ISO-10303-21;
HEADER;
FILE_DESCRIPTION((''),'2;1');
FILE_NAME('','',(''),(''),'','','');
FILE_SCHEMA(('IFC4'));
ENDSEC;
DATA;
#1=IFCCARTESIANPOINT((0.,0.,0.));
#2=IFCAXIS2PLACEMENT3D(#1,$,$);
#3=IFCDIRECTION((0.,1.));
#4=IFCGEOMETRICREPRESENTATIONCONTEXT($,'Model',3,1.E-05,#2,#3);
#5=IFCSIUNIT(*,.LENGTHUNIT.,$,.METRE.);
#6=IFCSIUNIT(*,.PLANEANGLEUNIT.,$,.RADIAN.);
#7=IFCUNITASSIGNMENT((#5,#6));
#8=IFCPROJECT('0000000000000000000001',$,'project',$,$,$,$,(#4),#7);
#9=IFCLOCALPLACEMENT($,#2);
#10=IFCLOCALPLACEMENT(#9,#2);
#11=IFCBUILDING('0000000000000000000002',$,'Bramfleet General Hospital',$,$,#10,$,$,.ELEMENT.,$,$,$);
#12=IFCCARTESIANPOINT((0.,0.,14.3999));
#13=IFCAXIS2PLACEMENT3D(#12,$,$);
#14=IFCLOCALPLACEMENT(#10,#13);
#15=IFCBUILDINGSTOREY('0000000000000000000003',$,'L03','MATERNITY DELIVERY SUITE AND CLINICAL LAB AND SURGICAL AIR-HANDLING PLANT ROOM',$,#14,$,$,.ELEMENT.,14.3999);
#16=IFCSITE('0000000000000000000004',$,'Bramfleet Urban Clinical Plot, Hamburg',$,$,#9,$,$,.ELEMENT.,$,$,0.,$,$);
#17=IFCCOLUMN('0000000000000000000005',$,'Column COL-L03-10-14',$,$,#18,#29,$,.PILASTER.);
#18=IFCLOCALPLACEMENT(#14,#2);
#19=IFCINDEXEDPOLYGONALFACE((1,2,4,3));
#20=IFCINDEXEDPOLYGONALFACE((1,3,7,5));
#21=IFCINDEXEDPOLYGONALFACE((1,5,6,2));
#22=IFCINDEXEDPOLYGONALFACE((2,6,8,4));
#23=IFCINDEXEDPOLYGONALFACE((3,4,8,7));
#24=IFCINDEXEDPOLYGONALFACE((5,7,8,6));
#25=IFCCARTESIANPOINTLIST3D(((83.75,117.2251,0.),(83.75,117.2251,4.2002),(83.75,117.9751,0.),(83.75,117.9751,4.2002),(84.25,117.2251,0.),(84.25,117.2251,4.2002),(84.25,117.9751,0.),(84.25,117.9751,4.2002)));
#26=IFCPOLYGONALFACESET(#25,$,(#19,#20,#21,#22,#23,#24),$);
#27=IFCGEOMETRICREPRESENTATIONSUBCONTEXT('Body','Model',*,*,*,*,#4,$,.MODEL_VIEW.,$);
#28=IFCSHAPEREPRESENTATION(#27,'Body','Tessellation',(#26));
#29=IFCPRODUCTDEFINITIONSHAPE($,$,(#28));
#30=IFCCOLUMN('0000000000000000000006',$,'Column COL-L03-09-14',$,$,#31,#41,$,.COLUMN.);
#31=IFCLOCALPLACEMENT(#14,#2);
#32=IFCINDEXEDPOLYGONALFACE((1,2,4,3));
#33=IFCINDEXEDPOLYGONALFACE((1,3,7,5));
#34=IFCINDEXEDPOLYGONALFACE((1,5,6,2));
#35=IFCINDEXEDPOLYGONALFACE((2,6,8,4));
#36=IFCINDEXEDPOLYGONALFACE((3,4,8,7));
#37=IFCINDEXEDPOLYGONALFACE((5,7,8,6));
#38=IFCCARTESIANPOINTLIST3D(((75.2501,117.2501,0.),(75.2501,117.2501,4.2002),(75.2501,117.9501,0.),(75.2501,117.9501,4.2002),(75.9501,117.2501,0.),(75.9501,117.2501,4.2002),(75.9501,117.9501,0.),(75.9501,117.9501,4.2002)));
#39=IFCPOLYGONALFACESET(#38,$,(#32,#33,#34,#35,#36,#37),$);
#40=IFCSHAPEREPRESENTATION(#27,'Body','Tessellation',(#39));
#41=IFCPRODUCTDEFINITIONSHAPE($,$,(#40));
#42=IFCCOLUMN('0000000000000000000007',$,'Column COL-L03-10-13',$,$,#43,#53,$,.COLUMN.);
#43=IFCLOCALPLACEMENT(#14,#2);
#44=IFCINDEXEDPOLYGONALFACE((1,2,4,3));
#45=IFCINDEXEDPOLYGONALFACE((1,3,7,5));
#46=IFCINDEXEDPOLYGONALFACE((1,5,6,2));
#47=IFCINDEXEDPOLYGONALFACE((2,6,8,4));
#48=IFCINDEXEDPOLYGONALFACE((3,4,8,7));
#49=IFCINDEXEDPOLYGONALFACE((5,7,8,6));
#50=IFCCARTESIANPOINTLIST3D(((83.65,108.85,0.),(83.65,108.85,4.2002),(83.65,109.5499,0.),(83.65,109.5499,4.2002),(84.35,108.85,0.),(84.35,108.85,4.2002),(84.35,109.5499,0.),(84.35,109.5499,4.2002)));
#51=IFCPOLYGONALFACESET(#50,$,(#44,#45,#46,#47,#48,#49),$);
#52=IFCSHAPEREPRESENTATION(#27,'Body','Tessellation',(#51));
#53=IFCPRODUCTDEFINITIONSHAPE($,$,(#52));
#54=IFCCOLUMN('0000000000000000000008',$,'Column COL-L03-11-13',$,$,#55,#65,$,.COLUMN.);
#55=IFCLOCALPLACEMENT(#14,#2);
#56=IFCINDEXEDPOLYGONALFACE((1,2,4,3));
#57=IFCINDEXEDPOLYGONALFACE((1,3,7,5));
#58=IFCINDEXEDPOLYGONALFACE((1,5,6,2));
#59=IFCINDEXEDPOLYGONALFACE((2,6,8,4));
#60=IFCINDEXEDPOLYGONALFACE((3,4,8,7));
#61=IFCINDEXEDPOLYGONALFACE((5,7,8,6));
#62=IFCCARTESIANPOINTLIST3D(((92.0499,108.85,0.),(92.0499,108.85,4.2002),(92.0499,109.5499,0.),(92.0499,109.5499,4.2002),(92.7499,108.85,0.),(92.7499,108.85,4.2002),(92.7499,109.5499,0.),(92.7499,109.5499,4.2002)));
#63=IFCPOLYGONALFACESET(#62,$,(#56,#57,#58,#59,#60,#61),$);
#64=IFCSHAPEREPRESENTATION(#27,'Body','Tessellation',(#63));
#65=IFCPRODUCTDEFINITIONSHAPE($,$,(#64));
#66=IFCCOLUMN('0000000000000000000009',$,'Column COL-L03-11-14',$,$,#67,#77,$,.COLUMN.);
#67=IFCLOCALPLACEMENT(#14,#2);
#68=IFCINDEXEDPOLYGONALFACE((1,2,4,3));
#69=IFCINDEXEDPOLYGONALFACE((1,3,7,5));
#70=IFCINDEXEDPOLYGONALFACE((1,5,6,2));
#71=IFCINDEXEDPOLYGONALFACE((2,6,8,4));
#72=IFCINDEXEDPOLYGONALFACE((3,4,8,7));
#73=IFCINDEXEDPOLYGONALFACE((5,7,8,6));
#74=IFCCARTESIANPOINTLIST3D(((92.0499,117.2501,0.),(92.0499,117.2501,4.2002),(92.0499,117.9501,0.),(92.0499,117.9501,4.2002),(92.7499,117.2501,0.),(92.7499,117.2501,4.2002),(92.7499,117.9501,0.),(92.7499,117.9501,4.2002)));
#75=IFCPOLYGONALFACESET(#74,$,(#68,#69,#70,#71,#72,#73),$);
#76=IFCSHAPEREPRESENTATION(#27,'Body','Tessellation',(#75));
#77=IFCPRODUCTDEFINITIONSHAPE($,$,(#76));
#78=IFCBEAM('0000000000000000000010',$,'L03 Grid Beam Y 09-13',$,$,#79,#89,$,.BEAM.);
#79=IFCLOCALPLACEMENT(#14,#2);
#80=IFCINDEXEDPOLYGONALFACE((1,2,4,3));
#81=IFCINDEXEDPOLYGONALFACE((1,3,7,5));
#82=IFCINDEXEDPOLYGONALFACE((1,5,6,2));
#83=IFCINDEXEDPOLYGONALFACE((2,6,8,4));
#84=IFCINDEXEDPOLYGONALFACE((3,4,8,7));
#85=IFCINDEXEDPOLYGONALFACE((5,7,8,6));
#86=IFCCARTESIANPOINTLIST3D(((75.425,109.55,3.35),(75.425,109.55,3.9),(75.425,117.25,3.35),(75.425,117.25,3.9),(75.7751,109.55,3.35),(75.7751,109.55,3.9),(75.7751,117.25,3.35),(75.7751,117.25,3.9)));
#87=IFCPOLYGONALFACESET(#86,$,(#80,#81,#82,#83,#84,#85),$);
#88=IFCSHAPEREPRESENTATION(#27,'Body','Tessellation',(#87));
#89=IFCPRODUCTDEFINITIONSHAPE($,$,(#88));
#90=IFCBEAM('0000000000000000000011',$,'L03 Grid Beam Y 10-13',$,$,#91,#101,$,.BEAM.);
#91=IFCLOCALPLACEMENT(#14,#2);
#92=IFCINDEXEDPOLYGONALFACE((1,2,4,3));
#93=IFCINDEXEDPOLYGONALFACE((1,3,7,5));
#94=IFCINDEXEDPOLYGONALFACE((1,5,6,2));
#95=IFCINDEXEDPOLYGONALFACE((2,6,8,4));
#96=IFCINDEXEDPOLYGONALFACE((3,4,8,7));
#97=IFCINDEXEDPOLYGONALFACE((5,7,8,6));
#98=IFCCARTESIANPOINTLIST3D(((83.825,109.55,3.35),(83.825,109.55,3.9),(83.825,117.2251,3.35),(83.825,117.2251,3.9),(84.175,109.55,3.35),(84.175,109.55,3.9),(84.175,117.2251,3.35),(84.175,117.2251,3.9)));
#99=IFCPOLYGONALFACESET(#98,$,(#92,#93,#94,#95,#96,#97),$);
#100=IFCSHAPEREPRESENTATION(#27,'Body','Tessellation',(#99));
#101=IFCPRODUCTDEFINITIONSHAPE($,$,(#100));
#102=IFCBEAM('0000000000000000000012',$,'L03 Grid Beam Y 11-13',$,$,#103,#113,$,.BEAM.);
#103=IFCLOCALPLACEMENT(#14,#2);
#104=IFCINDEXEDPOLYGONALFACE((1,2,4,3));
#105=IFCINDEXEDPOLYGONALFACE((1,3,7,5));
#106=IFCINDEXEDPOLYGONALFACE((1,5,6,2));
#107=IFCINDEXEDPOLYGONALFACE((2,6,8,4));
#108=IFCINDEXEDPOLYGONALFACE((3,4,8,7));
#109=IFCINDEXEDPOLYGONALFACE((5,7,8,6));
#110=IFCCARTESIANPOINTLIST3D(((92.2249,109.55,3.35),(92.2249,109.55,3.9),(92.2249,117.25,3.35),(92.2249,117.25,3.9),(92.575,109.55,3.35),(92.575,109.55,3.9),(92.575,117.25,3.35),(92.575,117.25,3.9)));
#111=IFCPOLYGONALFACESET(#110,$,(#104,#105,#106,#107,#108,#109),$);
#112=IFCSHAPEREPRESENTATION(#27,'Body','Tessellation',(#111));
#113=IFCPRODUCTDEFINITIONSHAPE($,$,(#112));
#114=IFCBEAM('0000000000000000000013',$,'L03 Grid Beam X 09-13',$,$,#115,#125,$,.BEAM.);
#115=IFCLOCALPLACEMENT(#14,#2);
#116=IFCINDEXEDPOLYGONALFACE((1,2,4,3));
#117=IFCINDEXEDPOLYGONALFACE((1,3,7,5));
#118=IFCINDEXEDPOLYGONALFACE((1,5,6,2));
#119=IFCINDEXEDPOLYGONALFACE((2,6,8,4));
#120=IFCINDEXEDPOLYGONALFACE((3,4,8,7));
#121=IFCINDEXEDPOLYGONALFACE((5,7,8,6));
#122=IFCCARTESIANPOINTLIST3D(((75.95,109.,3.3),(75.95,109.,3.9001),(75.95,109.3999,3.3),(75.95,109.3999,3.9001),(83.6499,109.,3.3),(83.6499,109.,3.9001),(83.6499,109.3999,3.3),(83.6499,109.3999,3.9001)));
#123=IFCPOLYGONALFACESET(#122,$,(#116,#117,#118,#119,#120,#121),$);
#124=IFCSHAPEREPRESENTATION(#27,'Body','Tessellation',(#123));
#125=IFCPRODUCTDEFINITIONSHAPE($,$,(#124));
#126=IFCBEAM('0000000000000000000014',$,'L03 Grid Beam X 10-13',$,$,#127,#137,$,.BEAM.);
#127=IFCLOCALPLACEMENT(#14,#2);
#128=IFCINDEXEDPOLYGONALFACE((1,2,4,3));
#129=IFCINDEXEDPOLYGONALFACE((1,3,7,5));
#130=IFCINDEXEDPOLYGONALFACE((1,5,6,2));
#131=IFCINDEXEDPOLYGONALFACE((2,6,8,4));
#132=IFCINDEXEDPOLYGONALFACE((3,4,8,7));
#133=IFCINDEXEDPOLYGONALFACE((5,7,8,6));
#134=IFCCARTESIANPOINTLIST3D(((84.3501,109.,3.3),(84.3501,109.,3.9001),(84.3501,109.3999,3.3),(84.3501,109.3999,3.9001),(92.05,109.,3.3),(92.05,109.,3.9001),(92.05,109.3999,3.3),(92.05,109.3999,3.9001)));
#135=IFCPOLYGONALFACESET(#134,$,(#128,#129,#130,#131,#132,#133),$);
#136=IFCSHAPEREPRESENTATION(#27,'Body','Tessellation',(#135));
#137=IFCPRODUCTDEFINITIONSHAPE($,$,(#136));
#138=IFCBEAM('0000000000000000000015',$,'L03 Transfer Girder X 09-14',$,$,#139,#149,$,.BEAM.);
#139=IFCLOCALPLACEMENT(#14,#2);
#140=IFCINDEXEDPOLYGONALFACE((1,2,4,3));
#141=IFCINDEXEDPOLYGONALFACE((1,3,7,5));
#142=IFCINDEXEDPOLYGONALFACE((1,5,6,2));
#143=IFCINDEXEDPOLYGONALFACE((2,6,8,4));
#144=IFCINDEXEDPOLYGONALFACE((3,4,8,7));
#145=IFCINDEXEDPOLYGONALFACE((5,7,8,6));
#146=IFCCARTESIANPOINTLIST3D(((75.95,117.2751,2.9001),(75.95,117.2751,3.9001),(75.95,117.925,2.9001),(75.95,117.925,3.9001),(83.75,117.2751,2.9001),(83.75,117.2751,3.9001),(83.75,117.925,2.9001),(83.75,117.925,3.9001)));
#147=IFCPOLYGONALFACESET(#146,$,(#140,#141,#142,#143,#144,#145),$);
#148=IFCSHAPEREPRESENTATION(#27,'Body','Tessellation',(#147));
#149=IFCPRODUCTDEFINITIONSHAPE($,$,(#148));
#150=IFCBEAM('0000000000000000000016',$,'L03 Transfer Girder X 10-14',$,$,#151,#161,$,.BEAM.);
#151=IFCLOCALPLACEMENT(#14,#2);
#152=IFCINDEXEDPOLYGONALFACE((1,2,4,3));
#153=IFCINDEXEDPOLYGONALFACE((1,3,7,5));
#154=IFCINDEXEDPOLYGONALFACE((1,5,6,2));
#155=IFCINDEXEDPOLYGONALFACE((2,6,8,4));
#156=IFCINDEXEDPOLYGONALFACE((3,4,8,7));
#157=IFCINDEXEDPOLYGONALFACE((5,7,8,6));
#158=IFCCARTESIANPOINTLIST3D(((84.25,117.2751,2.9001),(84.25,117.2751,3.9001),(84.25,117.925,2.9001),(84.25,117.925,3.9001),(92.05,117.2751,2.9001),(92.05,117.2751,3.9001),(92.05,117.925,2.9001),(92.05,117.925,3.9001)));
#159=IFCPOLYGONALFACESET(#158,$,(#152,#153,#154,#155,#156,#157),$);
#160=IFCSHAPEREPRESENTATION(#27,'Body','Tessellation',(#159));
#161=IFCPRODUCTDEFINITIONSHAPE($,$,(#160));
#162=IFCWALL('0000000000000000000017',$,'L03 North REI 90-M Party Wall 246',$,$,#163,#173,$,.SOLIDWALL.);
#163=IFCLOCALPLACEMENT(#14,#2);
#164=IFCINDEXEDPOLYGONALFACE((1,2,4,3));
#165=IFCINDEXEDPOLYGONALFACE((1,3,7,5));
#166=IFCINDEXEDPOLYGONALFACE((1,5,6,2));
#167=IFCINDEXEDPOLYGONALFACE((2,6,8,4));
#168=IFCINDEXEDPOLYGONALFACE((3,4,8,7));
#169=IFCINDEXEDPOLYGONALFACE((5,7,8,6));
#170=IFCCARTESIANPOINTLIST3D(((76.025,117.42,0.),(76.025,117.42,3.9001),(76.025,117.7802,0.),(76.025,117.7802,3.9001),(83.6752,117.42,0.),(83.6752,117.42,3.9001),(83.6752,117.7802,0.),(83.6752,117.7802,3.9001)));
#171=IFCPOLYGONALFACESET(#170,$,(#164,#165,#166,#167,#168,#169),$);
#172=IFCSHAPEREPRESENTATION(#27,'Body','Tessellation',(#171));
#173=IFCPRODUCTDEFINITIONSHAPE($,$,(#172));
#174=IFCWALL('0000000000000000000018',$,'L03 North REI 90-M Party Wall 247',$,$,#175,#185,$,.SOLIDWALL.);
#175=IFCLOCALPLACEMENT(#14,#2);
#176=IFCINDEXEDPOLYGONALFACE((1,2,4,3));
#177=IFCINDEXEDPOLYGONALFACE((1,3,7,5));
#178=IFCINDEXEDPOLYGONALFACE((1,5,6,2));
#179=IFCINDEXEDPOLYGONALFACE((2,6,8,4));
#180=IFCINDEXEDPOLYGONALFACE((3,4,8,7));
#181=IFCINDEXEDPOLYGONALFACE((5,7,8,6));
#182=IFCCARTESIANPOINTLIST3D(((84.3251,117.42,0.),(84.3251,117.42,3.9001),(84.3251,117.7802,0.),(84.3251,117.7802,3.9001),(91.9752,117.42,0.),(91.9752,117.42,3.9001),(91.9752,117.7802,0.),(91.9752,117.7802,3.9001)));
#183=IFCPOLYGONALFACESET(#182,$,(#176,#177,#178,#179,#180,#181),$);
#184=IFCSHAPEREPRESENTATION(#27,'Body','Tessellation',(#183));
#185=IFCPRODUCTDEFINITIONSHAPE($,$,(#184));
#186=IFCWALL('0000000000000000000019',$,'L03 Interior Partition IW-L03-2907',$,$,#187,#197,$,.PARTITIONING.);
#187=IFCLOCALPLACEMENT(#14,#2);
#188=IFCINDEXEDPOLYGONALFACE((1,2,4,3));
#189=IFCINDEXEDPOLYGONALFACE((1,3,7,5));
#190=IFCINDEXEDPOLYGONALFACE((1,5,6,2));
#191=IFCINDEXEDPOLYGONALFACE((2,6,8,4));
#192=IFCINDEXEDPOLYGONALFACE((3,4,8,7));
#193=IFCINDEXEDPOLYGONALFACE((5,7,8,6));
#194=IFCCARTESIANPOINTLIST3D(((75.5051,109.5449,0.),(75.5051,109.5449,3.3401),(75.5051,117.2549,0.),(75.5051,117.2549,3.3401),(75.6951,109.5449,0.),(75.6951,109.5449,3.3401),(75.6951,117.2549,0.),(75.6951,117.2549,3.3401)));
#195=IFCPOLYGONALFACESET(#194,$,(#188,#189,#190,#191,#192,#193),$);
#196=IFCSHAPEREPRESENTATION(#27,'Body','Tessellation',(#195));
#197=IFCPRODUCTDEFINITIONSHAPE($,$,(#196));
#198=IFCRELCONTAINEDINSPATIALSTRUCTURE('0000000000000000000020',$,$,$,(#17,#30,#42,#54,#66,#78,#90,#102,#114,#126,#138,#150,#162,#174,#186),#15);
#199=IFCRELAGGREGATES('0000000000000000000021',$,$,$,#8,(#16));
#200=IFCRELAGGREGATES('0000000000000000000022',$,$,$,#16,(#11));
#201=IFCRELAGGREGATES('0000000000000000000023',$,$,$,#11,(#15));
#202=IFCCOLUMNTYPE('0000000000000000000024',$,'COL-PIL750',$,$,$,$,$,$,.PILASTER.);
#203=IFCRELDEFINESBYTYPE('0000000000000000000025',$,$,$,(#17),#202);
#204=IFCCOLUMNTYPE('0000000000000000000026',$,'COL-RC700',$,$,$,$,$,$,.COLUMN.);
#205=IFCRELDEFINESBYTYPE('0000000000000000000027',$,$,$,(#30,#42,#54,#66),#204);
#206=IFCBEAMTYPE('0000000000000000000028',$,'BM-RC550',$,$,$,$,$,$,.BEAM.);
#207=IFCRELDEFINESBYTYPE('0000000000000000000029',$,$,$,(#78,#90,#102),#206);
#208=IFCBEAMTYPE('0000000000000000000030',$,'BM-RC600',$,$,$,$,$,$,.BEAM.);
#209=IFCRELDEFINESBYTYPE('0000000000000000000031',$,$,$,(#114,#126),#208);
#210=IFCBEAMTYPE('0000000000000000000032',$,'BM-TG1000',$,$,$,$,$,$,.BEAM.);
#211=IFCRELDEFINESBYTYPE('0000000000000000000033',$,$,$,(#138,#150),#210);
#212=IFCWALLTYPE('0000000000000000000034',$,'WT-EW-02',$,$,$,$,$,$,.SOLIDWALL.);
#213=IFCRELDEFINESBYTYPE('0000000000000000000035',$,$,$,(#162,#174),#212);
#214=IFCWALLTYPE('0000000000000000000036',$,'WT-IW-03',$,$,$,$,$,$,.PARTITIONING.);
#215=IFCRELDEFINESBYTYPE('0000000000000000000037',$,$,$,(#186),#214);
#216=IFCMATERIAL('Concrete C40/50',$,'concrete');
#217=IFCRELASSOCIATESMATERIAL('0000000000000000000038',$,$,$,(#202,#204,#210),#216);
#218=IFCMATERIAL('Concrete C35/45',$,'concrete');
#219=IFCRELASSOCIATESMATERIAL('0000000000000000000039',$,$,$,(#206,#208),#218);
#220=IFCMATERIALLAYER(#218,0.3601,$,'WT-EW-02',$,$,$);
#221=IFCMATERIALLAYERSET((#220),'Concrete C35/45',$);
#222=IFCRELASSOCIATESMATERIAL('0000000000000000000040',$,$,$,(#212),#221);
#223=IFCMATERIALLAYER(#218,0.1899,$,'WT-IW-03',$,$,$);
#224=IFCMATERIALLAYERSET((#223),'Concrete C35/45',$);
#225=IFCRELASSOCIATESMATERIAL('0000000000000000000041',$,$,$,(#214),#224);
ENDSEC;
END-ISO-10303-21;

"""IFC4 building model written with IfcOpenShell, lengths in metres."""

from ifc_helpers import new_model, si_unit, direction, frame, frame_2d, origin, origin_2d, place, context, subcontext, project, spatial, rectangle, extrude, material, layer, layer_set, material_profile, profile_set, type_object, element, save


model = new_model("IFC4")

# Units and contexts
model_context = context("Model", 3, precision=1e-05, world=origin(), true_north=direction((0.0, 1.0)))
body_context = subcontext(model_context, "Body", "Model", "MODEL_VIEW")
ifc_project = project(units=[si_unit("LENGTHUNIT", "METRE"), si_unit("PLANEANGLEUNIT", "RADIAN")], contexts=[model_context])

# Site, building, storey
site_placement = place(None, origin())
site = spatial("IfcSite", under=ifc_project, at=site_placement, Name="Bramfleet Urban Clinical Plot, Hamburg", CompositionType="ELEMENT", RefElevation=0.0)
building_placement = place(site_placement, origin())
building = spatial("IfcBuilding", under=site, at=building_placement, Name="Bramfleet General Hospital", CompositionType="ELEMENT")
storey_placement = place(building_placement, frame((0.0, 0.0, 14.3999)))
storey = spatial("IfcBuildingStorey", under=building, at=storey_placement, Name="L03", Description="MATERNITY DELIVERY SUITE AND CLINICAL LAB AND SURGICAL AIR-HANDLING PLANT ROOM", CompositionType="ELEMENT", Elevation=14.3999)

# Columns
ifc_material_1 = material(Name="Concrete C40/50", Category="concrete")
ifc_material_profile_1 = material_profile(ifc_material_1, rectangle(XDim=0.5, YDim=0.75, at=origin_2d()), Name="RC PIL 750x500")
ifc_profile_set_1 = profile_set([ifc_material_profile_1], Name="Concrete C40/50")
column_type_1 = type_object("IfcColumnType", Name="COL-PIL750", PredefinedType="PILASTER", material=ifc_profile_set_1)
column_placement = place(storey_placement, frame((84.0, 117.6001, 0.0), z_axis=(0.0, 0.0, 1.0), x_axis=(1.0, 0.0, 0.0)))
element("IfcColumn", 1, at=column_placement, inside=storey, type_object=column_type_1, Name="Column COL-L03-10-14", PredefinedType="PILASTER", context=body_context, shape_type="SweptSolid", body=[
    extrude(rectangle(XDim=0.5, YDim=0.75, at=origin_2d()), origin(), (0.0, 0.0, 1.0), 4.2002),
])
ifc_material_profile_2 = material_profile(ifc_material_1, rectangle(XDim=0.7, YDim=0.7, at=origin_2d()), Name="RC COL 700x700")
ifc_profile_set_2 = profile_set([ifc_material_profile_2], Name="Concrete C40/50")
column_type_2 = type_object("IfcColumnType", Name="COL-RC700", PredefinedType="COLUMN", material=ifc_profile_set_2)
for number, where, z_axis, x_axis, name in (
    (2, (75.6001, 117.6001, 0.0), (0.0, 0.0, 1.0), (1.0, 0.0, 0.0), "Column COL-L03-09-14"),
    (3, (84.0, 109.2, 0.0), (0.0, 0.0, 1.0), (1.0, 0.0, 0.0), "Column COL-L03-10-13"),
    (4, (92.3999, 109.2, 0.0), (0.0, 0.0, 1.0), (1.0, 0.0, 0.0), "Column COL-L03-11-13"),
    (5, (92.3999, 117.6001, 0.0), (0.0, 0.0, 1.0), (1.0, 0.0, 0.0), "Column COL-L03-11-14"),
):
    element("IfcColumn", number, at=place(storey_placement, frame(where, z_axis=z_axis, x_axis=x_axis)), inside=storey, type_object=column_type_2, Name=name, PredefinedType="COLUMN", context=body_context, shape_type="SweptSolid", body=[
        extrude(rectangle(XDim=0.7, YDim=0.7, at=origin_2d()), origin(), (0.0, 0.0, 1.0), 4.2002),
    ])

# Beams
ifc_material_2 = material(Name="Concrete C35/45", Category="concrete")
ifc_material_profile_3 = material_profile(ifc_material_2, rectangle(XDim=0.3501, YDim=0.55, at=origin_2d()), Name="RC BM 550x350")
ifc_profile_set_3 = profile_set([ifc_material_profile_3], Name="Concrete C35/45")
beam_type_1 = type_object("IfcBeamType", Name="BM-RC550", PredefinedType="BEAM", material=ifc_profile_set_3)
beam_1_placement = place(storey_placement, frame((75.6001, 109.55, 3.625), z_axis=(0.0, 1.0, 0.0), x_axis=(-1.0, 0.0, 0.0)))
element("IfcBeam", 6, at=beam_1_placement, inside=storey, type_object=beam_type_1, Name="L03 Grid Beam Y 09-13", PredefinedType="BEAM", context=body_context, shape_type="SweptSolid", body=[
    extrude(rectangle(XDim=0.3501, YDim=0.55, at=origin_2d()), origin(), (0.0, 0.0, 1.0), 7.7),
])
beam_2_placement = place(storey_placement, frame((84.0, 109.55, 3.625), z_axis=(0.0, 1.0, 0.0), x_axis=(-1.0, 0.0, 0.0)))
element("IfcBeam", 7, at=beam_2_placement, inside=storey, type_object=beam_type_1, Name="L03 Grid Beam Y 10-13", PredefinedType="BEAM", context=body_context, shape_type="SweptSolid", body=[
    extrude(rectangle(XDim=0.3501, YDim=0.55, at=origin_2d()), origin(), (0.0, 0.0, 1.0), 7.675),
])
beam_3_placement = place(storey_placement, frame((92.3999, 109.55, 3.625), z_axis=(0.0, 1.0, 0.0), x_axis=(-1.0, 0.0, 0.0)))
element("IfcBeam", 8, at=beam_3_placement, inside=storey, type_object=beam_type_1, Name="L03 Grid Beam Y 11-13", PredefinedType="BEAM", context=body_context, shape_type="SweptSolid", body=[
    extrude(rectangle(XDim=0.3501, YDim=0.55, at=origin_2d()), origin(), (0.0, 0.0, 1.0), 7.7),
])
ifc_material_profile_4 = material_profile(ifc_material_2, rectangle(XDim=0.3999, YDim=0.6001, at=origin_2d()), Name="RC BM 600x400")
ifc_profile_set_4 = profile_set([ifc_material_profile_4], Name="Concrete C35/45")
beam_type_2 = type_object("IfcBeamType", Name="BM-RC600", PredefinedType="BEAM", material=ifc_profile_set_4)
for number, where, z_axis, x_axis, name in (
    (9, (75.95, 109.2, 3.6001), (1.0, 0.0, 0.0), (0.0, 1.0, 0.0), "L03 Grid Beam X 09-13"),
    (10, (84.3501, 109.2, 3.6001), (1.0, 0.0, 0.0), (0.0, 1.0, 0.0), "L03 Grid Beam X 10-13"),
):
    element("IfcBeam", number, at=place(storey_placement, frame(where, z_axis=z_axis, x_axis=x_axis)), inside=storey, type_object=beam_type_2, Name=name, PredefinedType="BEAM", context=body_context, shape_type="SweptSolid", body=[
        extrude(rectangle(XDim=0.3999, YDim=0.6001, at=origin_2d()), origin(), (0.0, 0.0, 1.0), 7.7),
    ])
ifc_material_profile_5 = material_profile(ifc_material_1, rectangle(XDim=0.6499, YDim=1.0, at=origin_2d()), Name="RC TG 1000x650")
ifc_profile_set_5 = profile_set([ifc_material_profile_5], Name="Concrete C40/50")
beam_type_3 = type_object("IfcBeamType", Name="BM-TG1000", PredefinedType="BEAM", material=ifc_profile_set_5)
for number, where, z_axis, x_axis, name in (
    (11, (75.95, 117.6001, 3.4001), (1.0, 0.0, 0.0), (0.0, 1.0, 0.0), "L03 Transfer Girder X 09-14"),
    (12, (84.25, 117.6001, 3.4001), (1.0, 0.0, 0.0), (0.0, 1.0, 0.0), "L03 Transfer Girder X 10-14"),
):
    element("IfcBeam", number, at=place(storey_placement, frame(where, z_axis=z_axis, x_axis=x_axis)), inside=storey, type_object=beam_type_3, Name=name, PredefinedType="BEAM", context=body_context, shape_type="SweptSolid", body=[
        extrude(rectangle(XDim=0.6499, YDim=1.0, at=origin_2d()), origin(), (0.0, 0.0, 1.0), 7.8),
    ])

# Walls
ifc_layer_1 = layer(ifc_material_2, 0.3601, Name="WT-EW-02")
ifc_layer_set_1 = layer_set([ifc_layer_1], Name="Concrete C35/45")
wall_type_1 = type_object("IfcWallType", Name="WT-EW-02", PredefinedType="SOLIDWALL", material=ifc_layer_set_1)
for number, where, z_axis, x_axis, name in (
    (13, (76.0249, 117.6001, 0.0), (0.0, 0.0, 1.0), (1.0, 0.0, 0.0), "L03 North REI 90-M Party Wall 246"),
    (14, (84.325, 117.6001, 0.0), (0.0, 0.0, 1.0), (1.0, 0.0, 0.0), "L03 North REI 90-M Party Wall 247"),
):
    element("IfcWall", number, at=place(storey_placement, frame(where, z_axis=z_axis, x_axis=x_axis)), inside=storey, type_object=wall_type_1, Name=name, PredefinedType="SOLIDWALL", context=body_context, shape_type="SweptSolid", body=[
        extrude(rectangle(XDim=7.6501, YDim=0.3601, at=frame_2d((3.8252, 0.0))), origin(), (0.0, 0.0, 1.0), 3.9001),
    ])
ifc_layer_2 = layer(ifc_material_2, 0.1899, Name="WT-IW-03")
ifc_layer_set_2 = layer_set([ifc_layer_2], Name="Concrete C35/45")
wall_type_2 = type_object("IfcWallType", Name="WT-IW-03", PredefinedType="PARTITIONING", material=ifc_layer_set_2)
wall_1_placement = place(storey_placement, frame((75.6001, 109.5449, 0.0), z_axis=(0.0, 0.0, 1.0), x_axis=(0.0, 1.0, 0.0)))
element("IfcWall", 15, at=wall_1_placement, inside=storey, type_object=wall_type_2, Name="L03 Interior Partition IW-L03-2907", PredefinedType="PARTITIONING", context=body_context, shape_type="SweptSolid", body=[
    extrude(rectangle(XDim=7.71, YDim=0.1899, at=frame_2d((3.855, 0.0))), origin(), (0.0, 0.0, 1.0), 3.3401),
])

save(model, "model.ifc")
